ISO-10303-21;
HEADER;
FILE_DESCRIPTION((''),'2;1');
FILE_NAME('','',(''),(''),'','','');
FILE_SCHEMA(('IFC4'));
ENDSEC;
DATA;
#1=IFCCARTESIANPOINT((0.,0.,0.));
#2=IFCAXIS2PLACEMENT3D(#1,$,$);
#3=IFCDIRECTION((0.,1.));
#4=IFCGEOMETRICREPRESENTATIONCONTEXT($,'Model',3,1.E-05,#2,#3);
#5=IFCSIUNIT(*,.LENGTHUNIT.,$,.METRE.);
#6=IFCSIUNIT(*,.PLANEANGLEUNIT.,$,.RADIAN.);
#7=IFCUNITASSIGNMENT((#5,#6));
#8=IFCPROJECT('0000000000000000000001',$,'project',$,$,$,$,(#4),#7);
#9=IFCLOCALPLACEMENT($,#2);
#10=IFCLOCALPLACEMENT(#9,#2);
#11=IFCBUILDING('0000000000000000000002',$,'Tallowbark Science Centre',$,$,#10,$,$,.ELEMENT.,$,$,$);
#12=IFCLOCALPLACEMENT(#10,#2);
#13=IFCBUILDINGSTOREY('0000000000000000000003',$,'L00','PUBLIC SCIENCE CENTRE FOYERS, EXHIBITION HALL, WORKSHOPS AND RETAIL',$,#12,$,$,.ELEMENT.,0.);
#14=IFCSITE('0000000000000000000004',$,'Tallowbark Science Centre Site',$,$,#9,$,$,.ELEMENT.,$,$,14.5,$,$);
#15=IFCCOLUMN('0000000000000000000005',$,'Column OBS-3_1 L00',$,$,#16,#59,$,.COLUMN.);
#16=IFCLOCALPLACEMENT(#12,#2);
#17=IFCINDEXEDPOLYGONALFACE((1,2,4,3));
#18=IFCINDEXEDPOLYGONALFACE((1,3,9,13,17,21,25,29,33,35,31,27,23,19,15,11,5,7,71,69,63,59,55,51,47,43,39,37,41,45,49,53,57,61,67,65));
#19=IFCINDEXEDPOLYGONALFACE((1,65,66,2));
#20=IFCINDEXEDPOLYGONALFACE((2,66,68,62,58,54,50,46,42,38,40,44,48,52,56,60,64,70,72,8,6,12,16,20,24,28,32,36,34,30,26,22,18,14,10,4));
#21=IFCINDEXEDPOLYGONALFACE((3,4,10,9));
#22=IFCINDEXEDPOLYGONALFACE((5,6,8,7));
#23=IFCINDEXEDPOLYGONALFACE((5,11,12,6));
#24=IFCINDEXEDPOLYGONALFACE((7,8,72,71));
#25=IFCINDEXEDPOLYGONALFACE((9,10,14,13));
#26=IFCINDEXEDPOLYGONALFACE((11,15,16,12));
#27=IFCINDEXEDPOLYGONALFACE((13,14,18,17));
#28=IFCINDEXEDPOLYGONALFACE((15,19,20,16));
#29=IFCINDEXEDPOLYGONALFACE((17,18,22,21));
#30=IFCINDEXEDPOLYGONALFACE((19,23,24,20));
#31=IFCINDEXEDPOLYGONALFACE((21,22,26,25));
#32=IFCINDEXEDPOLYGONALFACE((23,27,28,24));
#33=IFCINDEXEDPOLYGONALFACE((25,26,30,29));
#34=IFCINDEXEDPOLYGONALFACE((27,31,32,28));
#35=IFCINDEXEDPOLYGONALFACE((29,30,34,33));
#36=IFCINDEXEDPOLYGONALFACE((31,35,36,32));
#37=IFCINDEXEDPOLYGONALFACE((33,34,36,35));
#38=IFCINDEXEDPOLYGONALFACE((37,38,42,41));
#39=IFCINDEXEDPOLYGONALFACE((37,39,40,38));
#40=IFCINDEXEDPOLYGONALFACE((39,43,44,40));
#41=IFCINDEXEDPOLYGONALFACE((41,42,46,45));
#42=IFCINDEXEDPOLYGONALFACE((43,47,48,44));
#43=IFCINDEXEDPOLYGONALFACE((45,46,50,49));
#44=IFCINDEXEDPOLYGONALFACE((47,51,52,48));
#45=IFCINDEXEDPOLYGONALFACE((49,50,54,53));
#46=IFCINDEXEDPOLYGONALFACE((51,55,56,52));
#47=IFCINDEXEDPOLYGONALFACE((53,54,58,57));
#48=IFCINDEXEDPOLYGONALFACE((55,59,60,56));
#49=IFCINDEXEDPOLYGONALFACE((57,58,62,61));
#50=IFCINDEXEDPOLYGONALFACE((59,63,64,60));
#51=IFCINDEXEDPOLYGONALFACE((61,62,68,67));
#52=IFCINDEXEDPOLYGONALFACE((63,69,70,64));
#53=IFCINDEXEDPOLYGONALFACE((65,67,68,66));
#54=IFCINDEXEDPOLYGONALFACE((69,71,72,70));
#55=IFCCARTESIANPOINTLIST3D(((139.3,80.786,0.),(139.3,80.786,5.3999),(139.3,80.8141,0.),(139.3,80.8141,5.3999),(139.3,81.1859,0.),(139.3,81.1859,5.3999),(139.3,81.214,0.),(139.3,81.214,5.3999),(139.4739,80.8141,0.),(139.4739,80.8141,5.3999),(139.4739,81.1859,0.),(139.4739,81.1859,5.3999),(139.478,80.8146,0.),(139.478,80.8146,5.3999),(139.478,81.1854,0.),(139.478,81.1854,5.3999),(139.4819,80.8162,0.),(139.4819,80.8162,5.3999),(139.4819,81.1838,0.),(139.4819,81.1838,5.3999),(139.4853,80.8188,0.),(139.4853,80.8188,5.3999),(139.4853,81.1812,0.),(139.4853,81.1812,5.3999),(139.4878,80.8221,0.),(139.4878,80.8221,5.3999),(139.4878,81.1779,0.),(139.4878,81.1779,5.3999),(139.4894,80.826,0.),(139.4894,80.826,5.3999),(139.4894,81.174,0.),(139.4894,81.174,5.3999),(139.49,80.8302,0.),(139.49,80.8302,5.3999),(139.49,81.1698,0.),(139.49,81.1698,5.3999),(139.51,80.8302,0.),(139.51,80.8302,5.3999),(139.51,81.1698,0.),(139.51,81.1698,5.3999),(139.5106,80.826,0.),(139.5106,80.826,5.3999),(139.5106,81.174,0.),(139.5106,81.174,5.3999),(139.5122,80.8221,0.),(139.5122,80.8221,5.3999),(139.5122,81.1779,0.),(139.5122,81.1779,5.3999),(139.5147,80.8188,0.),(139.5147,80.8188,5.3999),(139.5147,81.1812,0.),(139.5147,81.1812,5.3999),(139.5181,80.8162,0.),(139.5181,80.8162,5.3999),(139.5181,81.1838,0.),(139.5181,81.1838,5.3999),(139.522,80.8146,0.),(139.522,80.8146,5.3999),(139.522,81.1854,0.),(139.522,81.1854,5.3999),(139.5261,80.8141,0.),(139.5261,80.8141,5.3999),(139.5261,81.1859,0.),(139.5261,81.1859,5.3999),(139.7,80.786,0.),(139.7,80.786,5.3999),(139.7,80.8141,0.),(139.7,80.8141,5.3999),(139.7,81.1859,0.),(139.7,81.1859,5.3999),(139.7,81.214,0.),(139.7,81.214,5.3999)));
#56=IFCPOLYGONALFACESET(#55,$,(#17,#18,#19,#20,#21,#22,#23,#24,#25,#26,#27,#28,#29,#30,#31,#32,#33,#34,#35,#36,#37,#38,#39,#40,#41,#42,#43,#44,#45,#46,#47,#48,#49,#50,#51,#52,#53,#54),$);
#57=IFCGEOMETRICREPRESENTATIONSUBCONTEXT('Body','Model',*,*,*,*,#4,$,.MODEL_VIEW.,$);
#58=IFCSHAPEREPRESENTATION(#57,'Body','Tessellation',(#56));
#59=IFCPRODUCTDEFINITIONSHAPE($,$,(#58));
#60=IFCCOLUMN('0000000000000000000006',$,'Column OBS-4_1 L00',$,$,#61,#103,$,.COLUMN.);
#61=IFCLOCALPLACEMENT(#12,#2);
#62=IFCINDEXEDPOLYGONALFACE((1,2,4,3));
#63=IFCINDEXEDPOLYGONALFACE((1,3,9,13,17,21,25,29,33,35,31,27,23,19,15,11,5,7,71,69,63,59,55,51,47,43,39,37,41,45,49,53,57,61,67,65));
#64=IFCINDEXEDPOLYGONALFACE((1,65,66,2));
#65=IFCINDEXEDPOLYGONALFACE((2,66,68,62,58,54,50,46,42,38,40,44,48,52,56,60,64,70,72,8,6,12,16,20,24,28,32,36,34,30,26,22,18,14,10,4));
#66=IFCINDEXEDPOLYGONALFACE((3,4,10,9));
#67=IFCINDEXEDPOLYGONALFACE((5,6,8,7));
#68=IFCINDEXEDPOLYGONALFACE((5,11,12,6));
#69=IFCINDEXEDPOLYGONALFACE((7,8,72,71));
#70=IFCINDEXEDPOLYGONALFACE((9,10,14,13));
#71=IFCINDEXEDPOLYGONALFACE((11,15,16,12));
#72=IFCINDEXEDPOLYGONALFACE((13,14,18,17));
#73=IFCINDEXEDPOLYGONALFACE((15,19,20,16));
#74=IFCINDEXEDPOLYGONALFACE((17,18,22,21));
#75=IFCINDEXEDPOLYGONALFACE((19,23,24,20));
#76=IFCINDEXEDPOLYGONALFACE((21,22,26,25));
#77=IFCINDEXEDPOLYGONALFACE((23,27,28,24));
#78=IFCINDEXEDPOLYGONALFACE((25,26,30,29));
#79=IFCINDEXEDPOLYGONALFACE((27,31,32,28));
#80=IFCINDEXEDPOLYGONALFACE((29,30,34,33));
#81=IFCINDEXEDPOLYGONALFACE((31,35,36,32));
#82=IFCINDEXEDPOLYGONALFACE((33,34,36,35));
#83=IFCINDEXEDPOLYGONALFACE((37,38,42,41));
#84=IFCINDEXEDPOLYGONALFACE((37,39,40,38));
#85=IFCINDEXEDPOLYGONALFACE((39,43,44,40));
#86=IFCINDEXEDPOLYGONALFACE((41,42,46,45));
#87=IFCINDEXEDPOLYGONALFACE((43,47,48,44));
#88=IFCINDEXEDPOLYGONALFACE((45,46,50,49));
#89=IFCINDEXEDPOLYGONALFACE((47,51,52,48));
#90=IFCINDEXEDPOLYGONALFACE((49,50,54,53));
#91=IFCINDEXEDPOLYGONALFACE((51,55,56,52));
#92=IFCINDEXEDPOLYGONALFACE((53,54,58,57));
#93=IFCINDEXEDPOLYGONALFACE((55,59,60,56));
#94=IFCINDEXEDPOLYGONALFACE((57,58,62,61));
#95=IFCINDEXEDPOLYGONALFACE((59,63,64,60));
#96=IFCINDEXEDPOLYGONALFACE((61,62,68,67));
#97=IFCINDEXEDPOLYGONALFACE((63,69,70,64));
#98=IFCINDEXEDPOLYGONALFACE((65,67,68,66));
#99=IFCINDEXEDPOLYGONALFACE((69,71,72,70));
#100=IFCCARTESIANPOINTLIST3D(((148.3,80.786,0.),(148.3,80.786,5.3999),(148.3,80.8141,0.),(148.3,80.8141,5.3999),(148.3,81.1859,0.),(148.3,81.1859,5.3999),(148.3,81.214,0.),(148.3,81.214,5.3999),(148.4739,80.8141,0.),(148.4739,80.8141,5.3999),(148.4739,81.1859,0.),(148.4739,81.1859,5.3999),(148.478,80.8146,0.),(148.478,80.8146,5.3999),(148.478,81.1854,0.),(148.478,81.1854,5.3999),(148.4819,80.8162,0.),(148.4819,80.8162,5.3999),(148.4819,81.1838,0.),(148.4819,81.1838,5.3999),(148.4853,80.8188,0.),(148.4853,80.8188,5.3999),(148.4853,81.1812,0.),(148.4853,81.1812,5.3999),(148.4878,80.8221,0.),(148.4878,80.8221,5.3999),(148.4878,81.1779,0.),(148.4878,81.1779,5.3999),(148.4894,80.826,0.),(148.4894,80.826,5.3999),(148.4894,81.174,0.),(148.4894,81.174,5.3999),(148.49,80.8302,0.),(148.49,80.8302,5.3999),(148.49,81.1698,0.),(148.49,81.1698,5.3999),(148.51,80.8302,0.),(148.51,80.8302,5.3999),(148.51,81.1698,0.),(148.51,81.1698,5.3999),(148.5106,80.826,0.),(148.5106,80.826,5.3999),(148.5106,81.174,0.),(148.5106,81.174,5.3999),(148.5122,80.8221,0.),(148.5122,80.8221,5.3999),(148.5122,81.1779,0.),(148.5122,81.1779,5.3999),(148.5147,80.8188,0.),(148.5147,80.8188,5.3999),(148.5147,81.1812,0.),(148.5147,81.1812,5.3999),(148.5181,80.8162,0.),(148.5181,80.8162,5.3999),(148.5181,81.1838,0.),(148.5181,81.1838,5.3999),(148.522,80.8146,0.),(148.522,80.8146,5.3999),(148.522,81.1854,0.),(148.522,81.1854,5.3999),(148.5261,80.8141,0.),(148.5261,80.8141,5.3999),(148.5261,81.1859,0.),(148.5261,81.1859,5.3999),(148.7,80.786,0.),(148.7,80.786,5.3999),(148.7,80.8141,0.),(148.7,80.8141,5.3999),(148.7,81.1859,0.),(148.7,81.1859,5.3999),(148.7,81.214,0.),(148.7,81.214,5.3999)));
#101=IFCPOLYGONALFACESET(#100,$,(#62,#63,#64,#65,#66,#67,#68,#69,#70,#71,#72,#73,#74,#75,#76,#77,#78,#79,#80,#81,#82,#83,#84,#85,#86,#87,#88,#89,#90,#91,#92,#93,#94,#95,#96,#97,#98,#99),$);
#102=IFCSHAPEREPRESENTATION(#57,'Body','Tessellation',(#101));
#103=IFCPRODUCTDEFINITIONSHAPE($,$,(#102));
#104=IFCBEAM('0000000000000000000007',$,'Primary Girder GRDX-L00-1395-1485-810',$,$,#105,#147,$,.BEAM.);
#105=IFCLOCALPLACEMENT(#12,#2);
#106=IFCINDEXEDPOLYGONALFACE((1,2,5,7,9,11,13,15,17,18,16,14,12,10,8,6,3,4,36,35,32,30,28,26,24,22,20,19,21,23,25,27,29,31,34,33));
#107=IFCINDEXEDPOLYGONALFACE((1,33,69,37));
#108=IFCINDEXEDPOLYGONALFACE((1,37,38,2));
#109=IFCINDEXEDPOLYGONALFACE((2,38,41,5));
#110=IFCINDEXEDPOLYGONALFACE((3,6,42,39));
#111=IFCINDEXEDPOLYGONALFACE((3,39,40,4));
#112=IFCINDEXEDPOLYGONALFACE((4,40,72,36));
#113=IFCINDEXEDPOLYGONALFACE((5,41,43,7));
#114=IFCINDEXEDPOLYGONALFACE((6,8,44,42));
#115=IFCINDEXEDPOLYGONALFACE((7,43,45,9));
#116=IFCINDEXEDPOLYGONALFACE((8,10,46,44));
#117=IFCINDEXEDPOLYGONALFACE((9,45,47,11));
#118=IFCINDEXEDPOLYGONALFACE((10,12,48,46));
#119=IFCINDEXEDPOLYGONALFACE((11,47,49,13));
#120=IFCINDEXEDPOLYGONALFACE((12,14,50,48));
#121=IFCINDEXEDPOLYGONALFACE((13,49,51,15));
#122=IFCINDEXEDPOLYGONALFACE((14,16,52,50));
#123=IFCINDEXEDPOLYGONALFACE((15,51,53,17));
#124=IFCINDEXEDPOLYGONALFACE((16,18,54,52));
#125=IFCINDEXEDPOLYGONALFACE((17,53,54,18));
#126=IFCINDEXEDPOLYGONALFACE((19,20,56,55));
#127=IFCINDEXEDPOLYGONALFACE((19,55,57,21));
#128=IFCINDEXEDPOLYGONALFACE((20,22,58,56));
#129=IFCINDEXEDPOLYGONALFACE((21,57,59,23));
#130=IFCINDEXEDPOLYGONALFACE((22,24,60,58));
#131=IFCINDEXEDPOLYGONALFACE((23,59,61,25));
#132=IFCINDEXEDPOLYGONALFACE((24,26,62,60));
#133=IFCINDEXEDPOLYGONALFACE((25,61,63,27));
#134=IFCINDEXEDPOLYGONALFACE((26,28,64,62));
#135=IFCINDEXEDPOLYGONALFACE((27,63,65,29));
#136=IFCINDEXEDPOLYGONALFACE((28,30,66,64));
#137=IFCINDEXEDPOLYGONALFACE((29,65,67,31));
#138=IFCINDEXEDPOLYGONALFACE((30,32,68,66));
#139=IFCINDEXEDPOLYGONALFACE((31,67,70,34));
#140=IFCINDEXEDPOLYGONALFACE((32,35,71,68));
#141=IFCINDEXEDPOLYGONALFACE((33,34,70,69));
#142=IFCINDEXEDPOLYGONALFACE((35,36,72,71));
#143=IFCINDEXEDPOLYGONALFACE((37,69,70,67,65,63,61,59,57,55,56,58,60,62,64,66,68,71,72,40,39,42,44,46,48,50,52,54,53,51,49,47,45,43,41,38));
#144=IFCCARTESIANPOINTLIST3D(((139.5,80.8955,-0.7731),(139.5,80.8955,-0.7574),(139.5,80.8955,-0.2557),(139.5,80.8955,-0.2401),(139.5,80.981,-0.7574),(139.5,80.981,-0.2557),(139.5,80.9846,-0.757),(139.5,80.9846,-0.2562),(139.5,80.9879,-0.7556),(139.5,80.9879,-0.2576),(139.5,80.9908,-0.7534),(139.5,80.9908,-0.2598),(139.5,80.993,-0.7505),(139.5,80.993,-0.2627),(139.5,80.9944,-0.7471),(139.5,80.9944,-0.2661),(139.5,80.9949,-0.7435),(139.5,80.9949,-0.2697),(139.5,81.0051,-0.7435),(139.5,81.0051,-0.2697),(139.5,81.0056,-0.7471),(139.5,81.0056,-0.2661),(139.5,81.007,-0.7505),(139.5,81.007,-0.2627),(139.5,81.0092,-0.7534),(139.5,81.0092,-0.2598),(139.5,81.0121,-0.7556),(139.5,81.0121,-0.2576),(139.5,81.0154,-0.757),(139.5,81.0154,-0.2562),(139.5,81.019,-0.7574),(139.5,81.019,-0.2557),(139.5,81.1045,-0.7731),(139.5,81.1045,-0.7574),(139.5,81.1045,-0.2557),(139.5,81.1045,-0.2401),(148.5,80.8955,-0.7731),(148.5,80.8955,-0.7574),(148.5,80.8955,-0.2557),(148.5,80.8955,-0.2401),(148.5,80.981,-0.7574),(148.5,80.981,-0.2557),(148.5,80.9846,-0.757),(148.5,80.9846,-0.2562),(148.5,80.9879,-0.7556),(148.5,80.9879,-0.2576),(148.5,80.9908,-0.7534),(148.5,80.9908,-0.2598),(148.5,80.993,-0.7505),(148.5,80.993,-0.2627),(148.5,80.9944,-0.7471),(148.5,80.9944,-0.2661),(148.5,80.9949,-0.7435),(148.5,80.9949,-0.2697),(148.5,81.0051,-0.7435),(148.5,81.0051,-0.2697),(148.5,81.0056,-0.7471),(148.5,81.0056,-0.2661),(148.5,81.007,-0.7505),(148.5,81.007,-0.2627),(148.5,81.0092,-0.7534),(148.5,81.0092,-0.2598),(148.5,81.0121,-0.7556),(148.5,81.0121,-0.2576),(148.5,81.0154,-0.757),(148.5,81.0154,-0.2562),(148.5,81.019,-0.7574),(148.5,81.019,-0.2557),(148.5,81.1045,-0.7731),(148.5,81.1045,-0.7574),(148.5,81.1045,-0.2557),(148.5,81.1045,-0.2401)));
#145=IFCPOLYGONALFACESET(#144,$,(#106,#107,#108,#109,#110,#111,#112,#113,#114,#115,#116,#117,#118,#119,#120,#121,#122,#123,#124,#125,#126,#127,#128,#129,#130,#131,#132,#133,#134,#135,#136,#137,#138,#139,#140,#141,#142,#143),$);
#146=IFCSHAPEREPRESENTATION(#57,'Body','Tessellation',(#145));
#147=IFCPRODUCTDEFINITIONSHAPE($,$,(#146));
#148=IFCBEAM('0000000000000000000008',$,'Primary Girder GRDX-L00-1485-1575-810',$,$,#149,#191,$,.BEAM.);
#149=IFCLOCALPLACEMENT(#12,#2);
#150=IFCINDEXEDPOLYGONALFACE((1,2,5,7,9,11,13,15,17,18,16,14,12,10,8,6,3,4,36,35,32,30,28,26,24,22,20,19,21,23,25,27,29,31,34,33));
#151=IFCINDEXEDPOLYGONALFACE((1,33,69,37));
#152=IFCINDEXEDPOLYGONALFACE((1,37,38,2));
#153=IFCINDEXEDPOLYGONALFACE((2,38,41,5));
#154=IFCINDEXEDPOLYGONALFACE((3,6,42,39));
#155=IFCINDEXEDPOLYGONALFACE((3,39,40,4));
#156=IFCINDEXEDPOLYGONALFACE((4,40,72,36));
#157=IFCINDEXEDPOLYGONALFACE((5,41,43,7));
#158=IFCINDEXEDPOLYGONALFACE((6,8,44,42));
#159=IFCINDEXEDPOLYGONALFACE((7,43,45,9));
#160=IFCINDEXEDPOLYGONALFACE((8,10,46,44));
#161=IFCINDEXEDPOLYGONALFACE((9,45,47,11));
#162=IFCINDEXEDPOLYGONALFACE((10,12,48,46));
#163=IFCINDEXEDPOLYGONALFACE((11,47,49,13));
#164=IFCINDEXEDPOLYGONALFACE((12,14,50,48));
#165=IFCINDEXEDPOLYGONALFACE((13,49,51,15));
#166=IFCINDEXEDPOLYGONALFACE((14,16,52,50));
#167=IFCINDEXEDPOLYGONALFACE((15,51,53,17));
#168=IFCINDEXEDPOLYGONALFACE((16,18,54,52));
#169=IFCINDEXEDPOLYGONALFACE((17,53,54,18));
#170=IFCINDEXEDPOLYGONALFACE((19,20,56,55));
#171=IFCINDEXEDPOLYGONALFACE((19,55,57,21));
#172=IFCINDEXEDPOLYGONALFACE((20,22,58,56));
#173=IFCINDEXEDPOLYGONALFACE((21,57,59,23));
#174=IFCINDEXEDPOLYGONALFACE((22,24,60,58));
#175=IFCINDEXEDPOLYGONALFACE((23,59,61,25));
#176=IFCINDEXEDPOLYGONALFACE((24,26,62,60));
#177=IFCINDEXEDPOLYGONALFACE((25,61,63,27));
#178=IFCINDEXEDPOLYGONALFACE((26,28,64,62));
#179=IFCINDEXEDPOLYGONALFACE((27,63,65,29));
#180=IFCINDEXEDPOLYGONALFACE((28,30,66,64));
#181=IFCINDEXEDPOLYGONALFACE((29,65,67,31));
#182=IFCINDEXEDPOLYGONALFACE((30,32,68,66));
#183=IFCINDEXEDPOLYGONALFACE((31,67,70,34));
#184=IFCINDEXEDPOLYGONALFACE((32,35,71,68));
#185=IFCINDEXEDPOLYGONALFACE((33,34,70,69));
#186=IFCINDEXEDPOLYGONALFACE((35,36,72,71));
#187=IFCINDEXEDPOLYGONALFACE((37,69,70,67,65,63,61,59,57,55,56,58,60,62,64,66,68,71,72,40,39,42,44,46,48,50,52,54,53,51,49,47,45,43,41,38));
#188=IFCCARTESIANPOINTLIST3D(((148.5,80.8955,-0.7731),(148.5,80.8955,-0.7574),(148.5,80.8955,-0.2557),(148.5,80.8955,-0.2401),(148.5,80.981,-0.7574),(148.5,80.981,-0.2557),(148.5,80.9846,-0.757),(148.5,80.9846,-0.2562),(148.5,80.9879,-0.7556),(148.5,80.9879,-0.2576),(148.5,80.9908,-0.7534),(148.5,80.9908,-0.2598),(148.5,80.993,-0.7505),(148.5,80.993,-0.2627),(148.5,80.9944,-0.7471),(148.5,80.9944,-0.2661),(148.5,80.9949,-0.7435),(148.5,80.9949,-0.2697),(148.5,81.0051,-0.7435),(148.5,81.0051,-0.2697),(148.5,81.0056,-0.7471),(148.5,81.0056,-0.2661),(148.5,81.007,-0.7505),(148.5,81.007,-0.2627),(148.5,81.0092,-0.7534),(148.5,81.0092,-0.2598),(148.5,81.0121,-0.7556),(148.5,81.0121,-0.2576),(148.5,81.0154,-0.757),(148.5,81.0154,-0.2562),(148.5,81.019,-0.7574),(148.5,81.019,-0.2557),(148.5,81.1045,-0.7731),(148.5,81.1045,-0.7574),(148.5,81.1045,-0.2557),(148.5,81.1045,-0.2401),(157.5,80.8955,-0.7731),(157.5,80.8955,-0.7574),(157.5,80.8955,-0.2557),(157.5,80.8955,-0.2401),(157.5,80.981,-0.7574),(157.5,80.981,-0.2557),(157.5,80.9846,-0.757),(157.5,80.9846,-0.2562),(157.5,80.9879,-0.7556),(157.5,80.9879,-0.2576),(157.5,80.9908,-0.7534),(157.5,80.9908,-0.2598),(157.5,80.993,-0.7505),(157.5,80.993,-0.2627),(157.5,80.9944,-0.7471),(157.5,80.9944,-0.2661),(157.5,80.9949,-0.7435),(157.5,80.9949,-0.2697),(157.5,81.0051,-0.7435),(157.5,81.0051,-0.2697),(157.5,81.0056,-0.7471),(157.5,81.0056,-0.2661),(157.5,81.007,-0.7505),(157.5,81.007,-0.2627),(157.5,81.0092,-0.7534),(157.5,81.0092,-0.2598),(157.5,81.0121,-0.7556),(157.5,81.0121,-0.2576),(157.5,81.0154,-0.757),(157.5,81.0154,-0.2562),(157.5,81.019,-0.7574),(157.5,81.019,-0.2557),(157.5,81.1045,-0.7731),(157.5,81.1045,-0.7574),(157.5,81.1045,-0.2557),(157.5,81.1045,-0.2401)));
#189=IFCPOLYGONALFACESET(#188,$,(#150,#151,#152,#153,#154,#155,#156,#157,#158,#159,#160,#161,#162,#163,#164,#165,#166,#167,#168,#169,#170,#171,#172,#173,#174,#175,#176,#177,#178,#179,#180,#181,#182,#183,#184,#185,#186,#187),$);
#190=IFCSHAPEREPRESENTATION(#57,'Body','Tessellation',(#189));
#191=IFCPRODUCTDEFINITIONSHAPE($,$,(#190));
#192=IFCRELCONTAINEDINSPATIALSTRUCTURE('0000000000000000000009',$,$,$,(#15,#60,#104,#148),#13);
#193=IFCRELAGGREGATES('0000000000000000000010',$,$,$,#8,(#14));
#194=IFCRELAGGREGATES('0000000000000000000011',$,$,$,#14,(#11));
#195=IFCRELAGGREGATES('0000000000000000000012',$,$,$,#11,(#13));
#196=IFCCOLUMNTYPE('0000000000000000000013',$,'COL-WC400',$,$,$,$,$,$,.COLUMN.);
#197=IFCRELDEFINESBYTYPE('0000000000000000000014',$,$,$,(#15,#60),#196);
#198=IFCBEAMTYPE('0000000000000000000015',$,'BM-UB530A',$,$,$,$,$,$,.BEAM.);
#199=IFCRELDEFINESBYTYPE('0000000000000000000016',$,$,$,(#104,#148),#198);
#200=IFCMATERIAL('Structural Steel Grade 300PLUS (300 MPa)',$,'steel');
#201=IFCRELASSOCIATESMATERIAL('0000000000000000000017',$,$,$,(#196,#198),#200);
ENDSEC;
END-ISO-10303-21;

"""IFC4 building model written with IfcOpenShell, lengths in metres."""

from ifc_helpers import new_model, si_unit, direction, frame, origin, origin_2d, place, context, subcontext, project, spatial, i_section, extrude, material, material_profile, profile_set, type_object, element, save


model = new_model("IFC4")

# Units and contexts
model_context = context("Model", 3, precision=1e-05, world=origin(), true_north=direction((0.0, 1.0)))
body_context = subcontext(model_context, "Body", "Model", "MODEL_VIEW")
ifc_project = project(units=[si_unit("LENGTHUNIT", "METRE"), si_unit("PLANEANGLEUNIT", "RADIAN")], contexts=[model_context])

# Site, building, storey
site_placement = place(None, origin())
site = spatial("IfcSite", under=ifc_project, at=site_placement, Name="Tallowbark Science Centre Site", CompositionType="ELEMENT", RefElevation=14.5)
building_placement = place(site_placement, origin())
building = spatial("IfcBuilding", under=site, at=building_placement, Name="Tallowbark Science Centre", CompositionType="ELEMENT")
storey_placement = place(building_placement, origin())
storey = spatial("IfcBuildingStorey", under=building, at=storey_placement, Name="L00", Description="PUBLIC SCIENCE CENTRE FOYERS, EXHIBITION HALL, WORKSHOPS AND RETAIL", CompositionType="ELEMENT", Elevation=0.0)

# Columns
ifc_material_1 = material(Name="Structural Steel Grade 300PLUS (300 MPa)", Category="steel")
ifc_material_profile_1 = material_profile(ifc_material_1, i_section(OverallWidth=0.3999, OverallDepth=0.428, WebThickness=0.02, FlangeThickness=0.0281, FilletRadius=0.0161, at=origin_2d()), Name="400WC270")
ifc_profile_set_1 = profile_set([ifc_material_profile_1], Name="Structural Steel Grade 300PLUS (300 MPa)")
column_type = type_object("IfcColumnType", Name="COL-WC400", PredefinedType="COLUMN", material=ifc_profile_set_1)
for number, where, z_axis, x_axis, name in (
    (1, (139.5, 81.0, 0.0), (0.0, 0.0, 1.0), (1.0, 0.0, 0.0), "Column OBS-3_1 L00"),
    (2, (148.5, 81.0, 0.0), (0.0, 0.0, 1.0), (1.0, 0.0, 0.0), "Column OBS-4_1 L00"),
):
    element("IfcColumn", number, at=place(storey_placement, frame(where, z_axis=z_axis, x_axis=x_axis)), inside=storey, type_object=column_type, Name=name, PredefinedType="COLUMN", context=body_context, shape_type="SweptSolid", body=[
        extrude(i_section(OverallWidth=0.3999, OverallDepth=0.428, WebThickness=0.02, FlangeThickness=0.0281, FilletRadius=0.0161, at=origin_2d()), origin(), (0.0, 0.0, 1.0), 5.3999),
    ])

# Beams
ifc_material_profile_2 = material_profile(ifc_material_1, i_section(OverallWidth=0.209, OverallDepth=0.533, WebThickness=0.0103, FlangeThickness=0.0156, FilletRadius=0.0139, at=origin_2d()), Name="530UB92.4")
ifc_profile_set_2 = profile_set([ifc_material_profile_2], Name="Structural Steel Grade 300PLUS (300 MPa)")
beam_type_1 = type_object("IfcBeamType", Name="BM-UB530A", PredefinedType="BEAM", material=ifc_profile_set_2)
for number, where, z_axis, x_axis, name in (
    (3, (139.5, 81.0, -0.5066), (1.0, 0.0, 0.0), (0.0, 1.0, 0.0), "Primary Girder GRDX-L00-1395-1485-810"),
    (4, (148.5, 81.0, -0.5066), (1.0, 0.0, 0.0), (0.0, 1.0, 0.0), "Primary Girder GRDX-L00-1485-1575-810"),
):
    element("IfcBeam", number, at=place(storey_placement, frame(where, z_axis=z_axis, x_axis=x_axis)), inside=storey, type_object=beam_type_1, Name=name, PredefinedType="BEAM", context=body_context, shape_type="SweptSolid", body=[
        extrude(i_section(OverallWidth=0.209, OverallDepth=0.533, WebThickness=0.0103, FlangeThickness=0.0156, FilletRadius=0.0139, at=origin_2d()), origin(), (0.0, 0.0, 1.0), 9.0),
    ])

save(model, "model.ifc")
